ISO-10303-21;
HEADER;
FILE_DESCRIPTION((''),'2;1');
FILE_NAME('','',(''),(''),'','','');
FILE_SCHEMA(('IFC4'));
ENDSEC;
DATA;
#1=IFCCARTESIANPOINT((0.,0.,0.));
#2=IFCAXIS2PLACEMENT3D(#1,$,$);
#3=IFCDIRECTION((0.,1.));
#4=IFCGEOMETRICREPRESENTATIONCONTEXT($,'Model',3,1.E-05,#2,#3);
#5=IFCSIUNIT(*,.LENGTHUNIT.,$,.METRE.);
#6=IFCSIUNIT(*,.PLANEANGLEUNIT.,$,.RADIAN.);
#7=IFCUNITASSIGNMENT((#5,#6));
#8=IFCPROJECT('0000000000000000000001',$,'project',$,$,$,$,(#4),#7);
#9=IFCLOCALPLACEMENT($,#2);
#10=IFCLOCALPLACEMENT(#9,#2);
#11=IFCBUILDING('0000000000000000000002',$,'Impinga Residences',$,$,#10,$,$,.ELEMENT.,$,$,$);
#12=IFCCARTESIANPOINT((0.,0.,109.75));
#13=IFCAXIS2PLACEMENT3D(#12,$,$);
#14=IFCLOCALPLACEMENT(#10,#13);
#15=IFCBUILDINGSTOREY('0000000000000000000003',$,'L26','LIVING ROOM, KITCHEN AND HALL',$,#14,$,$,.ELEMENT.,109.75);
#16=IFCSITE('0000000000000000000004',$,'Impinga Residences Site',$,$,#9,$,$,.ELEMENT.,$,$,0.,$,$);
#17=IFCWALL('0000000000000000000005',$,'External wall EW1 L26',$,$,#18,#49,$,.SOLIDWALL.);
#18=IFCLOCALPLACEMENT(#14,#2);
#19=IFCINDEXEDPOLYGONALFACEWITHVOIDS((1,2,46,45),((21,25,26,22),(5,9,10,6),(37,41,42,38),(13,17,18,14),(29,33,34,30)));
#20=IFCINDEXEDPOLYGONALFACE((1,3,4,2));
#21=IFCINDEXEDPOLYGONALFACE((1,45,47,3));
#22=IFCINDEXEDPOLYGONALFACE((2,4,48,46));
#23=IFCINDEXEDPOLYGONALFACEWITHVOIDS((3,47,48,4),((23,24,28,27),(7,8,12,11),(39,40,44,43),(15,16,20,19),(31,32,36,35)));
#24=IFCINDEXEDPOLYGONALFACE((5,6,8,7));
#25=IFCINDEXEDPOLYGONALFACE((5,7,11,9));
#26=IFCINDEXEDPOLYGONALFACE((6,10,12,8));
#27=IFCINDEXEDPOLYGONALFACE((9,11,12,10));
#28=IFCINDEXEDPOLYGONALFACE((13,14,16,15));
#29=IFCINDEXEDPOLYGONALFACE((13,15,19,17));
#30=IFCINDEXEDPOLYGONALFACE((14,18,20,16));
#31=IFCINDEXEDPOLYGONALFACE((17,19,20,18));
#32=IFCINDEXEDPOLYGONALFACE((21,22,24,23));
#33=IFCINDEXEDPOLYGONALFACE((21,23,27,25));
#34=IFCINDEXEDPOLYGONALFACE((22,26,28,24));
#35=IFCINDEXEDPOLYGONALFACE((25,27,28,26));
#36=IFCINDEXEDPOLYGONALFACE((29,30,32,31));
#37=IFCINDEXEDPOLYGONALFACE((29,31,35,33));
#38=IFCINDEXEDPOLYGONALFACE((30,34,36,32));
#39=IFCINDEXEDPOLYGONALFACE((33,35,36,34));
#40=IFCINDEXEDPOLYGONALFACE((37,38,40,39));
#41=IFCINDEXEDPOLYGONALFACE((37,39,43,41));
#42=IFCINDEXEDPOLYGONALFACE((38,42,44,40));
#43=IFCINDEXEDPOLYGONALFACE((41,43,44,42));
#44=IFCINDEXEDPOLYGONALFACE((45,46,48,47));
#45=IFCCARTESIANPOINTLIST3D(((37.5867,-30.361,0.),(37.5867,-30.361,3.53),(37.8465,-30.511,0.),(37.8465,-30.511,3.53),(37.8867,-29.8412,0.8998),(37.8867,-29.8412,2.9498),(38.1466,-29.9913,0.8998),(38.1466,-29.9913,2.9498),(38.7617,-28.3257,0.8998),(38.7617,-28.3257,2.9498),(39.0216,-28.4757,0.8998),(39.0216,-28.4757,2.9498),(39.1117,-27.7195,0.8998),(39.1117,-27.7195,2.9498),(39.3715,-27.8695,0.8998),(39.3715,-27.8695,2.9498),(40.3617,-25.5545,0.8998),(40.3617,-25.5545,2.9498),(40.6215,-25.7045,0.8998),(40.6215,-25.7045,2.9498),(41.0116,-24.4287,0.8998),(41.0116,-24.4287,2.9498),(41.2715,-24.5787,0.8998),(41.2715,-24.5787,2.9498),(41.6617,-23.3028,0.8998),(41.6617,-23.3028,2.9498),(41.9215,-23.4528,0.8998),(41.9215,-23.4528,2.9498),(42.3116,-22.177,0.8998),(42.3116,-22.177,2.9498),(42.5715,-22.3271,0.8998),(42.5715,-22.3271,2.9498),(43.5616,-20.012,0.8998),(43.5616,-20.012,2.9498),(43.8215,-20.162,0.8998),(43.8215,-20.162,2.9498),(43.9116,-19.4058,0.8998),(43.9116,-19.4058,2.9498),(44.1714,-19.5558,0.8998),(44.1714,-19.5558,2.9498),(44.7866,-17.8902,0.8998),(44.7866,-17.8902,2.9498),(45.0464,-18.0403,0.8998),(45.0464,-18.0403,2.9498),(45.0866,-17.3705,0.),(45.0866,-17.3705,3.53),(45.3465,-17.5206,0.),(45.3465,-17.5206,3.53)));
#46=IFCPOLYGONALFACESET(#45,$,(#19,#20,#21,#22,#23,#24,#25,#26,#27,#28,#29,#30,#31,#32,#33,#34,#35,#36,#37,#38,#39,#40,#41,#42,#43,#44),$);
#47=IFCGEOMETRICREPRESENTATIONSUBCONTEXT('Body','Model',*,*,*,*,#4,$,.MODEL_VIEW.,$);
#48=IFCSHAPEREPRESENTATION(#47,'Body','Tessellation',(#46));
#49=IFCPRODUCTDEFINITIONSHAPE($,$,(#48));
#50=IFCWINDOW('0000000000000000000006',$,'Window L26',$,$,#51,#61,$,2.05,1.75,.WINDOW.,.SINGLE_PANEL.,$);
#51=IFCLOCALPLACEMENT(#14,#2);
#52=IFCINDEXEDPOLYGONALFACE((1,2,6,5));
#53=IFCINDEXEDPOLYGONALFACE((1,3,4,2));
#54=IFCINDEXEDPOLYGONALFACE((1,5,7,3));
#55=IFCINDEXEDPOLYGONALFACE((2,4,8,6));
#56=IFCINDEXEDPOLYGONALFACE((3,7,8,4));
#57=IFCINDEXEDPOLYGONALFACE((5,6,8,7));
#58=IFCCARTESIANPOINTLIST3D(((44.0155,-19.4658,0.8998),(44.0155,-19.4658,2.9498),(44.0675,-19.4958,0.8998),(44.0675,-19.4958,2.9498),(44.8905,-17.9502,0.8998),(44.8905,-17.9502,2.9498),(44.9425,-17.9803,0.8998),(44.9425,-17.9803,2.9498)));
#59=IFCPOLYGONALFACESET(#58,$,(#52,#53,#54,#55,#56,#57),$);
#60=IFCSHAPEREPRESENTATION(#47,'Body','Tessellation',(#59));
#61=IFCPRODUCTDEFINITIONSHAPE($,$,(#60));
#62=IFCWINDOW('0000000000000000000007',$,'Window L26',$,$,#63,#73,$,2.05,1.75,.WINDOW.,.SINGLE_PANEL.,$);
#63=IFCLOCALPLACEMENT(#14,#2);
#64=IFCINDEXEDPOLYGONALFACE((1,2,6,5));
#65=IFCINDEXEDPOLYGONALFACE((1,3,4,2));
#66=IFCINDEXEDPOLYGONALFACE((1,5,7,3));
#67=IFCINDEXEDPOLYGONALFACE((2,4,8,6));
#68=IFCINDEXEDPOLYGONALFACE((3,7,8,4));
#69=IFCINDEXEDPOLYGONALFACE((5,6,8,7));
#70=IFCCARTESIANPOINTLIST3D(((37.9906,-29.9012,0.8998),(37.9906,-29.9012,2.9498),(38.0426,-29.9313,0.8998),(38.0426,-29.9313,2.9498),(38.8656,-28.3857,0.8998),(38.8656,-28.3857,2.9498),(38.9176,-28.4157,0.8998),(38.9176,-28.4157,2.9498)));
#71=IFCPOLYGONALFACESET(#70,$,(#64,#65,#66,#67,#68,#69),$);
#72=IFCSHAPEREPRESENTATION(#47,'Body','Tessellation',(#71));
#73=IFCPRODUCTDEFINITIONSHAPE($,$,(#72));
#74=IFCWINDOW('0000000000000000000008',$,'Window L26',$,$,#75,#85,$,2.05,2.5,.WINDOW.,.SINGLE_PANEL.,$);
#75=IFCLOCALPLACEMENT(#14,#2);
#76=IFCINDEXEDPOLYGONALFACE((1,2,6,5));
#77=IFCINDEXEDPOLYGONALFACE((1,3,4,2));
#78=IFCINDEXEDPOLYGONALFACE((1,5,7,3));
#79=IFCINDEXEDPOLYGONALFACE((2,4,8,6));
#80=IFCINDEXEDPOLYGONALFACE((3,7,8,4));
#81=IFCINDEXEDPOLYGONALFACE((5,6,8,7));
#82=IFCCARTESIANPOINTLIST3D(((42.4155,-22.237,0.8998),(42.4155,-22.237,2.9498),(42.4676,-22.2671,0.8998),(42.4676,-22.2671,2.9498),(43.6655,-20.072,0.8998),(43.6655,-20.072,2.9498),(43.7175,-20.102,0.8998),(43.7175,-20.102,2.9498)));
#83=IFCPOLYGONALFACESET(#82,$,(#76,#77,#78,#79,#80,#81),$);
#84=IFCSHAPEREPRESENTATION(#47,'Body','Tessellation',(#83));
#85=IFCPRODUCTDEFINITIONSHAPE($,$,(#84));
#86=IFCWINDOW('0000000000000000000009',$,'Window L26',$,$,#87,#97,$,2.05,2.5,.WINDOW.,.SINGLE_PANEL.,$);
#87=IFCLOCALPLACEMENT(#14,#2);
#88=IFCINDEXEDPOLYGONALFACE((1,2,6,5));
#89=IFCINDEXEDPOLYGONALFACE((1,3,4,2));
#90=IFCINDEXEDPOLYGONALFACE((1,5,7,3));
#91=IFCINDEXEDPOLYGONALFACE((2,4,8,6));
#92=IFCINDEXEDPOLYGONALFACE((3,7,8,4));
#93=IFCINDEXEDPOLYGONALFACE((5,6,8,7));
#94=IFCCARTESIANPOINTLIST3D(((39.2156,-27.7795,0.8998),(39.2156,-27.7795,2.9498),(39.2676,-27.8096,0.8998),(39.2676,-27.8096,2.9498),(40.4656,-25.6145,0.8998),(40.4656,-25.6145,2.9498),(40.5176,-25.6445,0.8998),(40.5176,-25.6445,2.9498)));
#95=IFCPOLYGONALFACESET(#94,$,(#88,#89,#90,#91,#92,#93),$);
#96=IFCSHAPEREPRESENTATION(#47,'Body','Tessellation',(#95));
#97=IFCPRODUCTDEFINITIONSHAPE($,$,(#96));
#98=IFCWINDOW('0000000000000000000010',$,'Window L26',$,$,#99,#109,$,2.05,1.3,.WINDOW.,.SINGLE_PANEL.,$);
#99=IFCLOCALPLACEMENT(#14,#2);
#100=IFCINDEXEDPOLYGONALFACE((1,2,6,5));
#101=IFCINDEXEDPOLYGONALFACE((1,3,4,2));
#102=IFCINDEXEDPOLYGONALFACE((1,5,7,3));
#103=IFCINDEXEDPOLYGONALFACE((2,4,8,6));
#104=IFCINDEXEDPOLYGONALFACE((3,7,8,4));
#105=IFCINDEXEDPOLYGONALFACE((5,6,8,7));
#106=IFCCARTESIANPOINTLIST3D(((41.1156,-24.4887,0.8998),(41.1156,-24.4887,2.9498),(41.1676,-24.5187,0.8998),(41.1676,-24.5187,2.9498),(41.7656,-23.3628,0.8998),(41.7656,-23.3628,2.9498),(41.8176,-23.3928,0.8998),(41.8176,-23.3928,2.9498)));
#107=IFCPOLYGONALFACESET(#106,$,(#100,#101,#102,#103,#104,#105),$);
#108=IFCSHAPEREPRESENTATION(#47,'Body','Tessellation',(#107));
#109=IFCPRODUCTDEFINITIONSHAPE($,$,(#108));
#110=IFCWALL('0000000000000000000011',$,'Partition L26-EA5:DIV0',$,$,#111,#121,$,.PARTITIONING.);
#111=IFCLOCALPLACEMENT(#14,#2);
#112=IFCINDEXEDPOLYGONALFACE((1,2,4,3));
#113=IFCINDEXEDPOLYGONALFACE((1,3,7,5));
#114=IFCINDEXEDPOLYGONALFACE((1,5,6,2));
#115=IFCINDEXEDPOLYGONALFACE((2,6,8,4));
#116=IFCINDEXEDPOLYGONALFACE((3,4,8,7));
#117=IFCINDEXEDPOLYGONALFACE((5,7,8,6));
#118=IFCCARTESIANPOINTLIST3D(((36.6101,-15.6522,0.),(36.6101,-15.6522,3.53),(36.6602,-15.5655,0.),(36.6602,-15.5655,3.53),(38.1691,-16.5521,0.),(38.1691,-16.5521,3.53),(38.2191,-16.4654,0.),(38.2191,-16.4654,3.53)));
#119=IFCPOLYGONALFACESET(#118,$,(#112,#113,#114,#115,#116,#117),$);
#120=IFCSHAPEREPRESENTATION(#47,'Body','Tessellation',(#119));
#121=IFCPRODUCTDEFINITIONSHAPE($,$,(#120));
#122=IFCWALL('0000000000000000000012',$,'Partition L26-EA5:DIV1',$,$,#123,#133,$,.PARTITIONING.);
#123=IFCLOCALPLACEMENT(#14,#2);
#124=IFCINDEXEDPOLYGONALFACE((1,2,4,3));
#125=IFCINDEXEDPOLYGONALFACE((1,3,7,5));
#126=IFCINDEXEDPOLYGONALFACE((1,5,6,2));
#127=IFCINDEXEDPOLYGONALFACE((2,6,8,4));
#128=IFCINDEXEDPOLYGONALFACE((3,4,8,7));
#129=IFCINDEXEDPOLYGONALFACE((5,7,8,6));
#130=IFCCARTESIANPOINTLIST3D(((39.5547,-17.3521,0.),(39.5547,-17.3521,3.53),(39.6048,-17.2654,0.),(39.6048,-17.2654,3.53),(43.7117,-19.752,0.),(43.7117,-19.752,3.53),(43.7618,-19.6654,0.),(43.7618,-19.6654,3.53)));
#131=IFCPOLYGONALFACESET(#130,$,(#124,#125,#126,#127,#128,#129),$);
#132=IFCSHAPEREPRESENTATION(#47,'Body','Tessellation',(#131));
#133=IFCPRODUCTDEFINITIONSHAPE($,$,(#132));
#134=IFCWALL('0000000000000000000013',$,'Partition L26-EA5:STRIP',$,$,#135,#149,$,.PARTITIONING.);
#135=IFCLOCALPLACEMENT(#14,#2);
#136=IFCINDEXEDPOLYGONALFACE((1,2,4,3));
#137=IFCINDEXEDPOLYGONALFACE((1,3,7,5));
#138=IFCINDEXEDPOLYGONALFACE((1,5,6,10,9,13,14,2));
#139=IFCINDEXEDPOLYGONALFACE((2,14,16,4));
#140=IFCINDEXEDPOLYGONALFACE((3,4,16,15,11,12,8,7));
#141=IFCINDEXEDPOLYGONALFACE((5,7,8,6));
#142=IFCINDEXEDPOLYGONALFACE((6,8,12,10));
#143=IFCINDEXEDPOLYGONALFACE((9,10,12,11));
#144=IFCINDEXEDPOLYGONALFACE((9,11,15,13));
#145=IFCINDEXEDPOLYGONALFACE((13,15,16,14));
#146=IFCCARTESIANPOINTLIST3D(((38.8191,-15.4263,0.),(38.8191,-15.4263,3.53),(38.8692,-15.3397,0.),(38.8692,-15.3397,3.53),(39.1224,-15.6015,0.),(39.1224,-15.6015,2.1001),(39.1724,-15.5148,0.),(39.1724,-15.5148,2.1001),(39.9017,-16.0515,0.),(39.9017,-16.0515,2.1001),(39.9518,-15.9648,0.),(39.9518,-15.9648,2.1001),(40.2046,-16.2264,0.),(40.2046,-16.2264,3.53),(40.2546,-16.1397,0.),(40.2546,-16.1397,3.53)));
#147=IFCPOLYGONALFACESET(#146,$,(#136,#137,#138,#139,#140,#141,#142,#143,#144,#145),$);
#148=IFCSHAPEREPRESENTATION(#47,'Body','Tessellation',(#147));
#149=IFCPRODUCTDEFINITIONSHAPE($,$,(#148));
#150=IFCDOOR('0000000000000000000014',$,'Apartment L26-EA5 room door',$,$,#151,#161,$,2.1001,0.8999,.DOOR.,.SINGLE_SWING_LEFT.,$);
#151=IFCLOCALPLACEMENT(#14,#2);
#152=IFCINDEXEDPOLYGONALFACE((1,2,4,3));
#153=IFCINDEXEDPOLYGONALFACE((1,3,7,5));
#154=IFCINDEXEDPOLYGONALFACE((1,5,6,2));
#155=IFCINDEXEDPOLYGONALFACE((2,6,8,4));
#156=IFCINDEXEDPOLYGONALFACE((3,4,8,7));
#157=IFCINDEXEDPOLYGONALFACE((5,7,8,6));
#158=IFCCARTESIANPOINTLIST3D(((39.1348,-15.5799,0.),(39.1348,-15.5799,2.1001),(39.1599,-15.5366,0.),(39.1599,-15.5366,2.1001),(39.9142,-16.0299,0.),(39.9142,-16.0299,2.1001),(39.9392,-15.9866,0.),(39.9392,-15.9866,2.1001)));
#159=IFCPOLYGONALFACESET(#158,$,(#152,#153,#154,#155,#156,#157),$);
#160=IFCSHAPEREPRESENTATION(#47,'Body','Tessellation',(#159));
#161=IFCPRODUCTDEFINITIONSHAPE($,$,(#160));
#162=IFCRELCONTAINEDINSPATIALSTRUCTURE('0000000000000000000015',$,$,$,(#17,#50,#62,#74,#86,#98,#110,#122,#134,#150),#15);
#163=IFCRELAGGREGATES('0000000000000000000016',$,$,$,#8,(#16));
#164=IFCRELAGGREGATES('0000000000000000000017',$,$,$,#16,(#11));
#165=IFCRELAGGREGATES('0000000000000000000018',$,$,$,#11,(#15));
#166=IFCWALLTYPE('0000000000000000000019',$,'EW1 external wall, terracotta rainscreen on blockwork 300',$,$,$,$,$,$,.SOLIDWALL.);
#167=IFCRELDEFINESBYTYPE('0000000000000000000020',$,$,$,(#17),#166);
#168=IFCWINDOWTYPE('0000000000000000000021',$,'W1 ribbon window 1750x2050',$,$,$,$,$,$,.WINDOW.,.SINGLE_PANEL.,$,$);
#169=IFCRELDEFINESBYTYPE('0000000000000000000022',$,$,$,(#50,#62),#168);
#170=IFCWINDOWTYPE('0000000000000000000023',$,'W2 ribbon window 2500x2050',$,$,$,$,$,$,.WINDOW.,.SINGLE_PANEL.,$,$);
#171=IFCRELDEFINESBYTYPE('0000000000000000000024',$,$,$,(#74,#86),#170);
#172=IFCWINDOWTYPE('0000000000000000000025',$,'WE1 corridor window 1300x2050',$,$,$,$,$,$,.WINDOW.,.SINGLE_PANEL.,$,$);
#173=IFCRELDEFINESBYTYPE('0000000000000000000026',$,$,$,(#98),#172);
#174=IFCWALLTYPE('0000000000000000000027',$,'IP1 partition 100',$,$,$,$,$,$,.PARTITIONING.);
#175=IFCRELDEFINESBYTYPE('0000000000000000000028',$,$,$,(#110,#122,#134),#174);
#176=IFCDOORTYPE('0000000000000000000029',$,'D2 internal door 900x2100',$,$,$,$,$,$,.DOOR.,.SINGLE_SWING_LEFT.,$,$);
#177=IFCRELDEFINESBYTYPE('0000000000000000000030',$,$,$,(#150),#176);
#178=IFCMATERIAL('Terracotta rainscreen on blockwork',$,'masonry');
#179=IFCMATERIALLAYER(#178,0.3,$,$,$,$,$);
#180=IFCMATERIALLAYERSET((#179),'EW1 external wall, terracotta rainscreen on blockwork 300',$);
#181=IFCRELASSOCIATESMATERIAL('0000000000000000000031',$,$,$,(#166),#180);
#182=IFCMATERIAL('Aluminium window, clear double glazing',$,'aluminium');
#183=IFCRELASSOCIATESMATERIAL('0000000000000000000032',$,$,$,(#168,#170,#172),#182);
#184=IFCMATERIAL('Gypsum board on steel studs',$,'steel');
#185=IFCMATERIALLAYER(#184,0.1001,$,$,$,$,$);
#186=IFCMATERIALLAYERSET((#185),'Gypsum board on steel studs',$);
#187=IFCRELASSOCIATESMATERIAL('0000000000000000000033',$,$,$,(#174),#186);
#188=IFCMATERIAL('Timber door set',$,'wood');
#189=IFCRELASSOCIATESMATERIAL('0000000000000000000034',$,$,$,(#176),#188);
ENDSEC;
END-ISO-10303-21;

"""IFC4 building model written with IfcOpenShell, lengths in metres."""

from ifc_helpers import new_model, si_unit, direction, frame, frame_2d, origin, place, context, subcontext, project, spatial, rectangle, extrude, material, layer, layer_set, type_object, element, fill, save


model = new_model("IFC4")

# Units and contexts
model_context = context("Model", 3, precision=1e-05, world=origin(), true_north=direction((0.0, 1.0)))
body_context = subcontext(model_context, "Body", "Model", "MODEL_VIEW")
ifc_project = project(units=[si_unit("LENGTHUNIT", "METRE"), si_unit("PLANEANGLEUNIT", "RADIAN")], contexts=[model_context])

# Site, building, storey
site_placement = place(None, origin())
site = spatial("IfcSite", under=ifc_project, at=site_placement, Name="Impinga Residences Site", CompositionType="ELEMENT", RefElevation=0.0)
building_placement = place(site_placement, origin())
building = spatial("IfcBuilding", under=site, at=building_placement, Name="Impinga Residences", CompositionType="ELEMENT")
storey_placement = place(building_placement, frame((0.0, 0.0, 109.75)))
storey = spatial("IfcBuildingStorey", under=building, at=storey_placement, Name="L26", Description="LIVING ROOM, KITCHEN AND HALL", CompositionType="ELEMENT", Elevation=109.75)

# Shared definitions
ifc_material_1 = material(Name="Terracotta rainscreen on blockwork", Category="masonry")
ifc_layer_1 = layer(ifc_material_1, 0.3)
ifc_layer_set_1 = layer_set([ifc_layer_1], Name="EW1 external wall, terracotta rainscreen on blockwork 300")
wall_type_1 = type_object("IfcWallType", Name="EW1 external wall, terracotta rainscreen on blockwork 300", PredefinedType="SOLIDWALL", material=ifc_layer_set_1)

# Wall, openings, windows
wall_1_placement = place(storey_placement, frame((45.2166, -17.4456, 0.0), z_axis=(0.0, 0.0, 1.0), x_axis=(-0.499997, -0.866027, 0.0)))
wall_1 = element("IfcWall", 1, at=wall_1_placement, inside=storey, type_object=wall_type_1, Name="External wall EW1 L26", PredefinedType="SOLIDWALL", context=body_context, shape_type="SweptSolid", body=[
    extrude(rectangle(XDim=15.0, YDim=0.3, at=frame_2d((7.5, 0.0))), origin(), (0.0, 0.0, 1.0), 3.53),
])
opening_1_placement = place(wall_1_placement, frame((0.6001, 0.0, 0.8999)))
opening_1 = element("IfcOpeningElement", 2, at=opening_1_placement, cuts=wall_1, PredefinedType="OPENING", context=body_context, shape_type="SweptSolid", body=[
    extrude(rectangle(XDim=1.75, YDim=2.05, at=frame_2d((0.875, 1.0249))), frame((0.0, 0.1599, 0.0), z_axis=(0.0, -1.0, 0.0), x_axis=(1.0, 0.0, 0.0)), (0.0, 0.0, 1.0), 0.3201),
])
opening_2_placement = place(wall_1_placement, frame((3.05, 0.0, 0.8999)))
opening_2 = element("IfcOpeningElement", 3, at=opening_2_placement, cuts=wall_1, PredefinedType="OPENING", context=body_context, shape_type="SweptSolid", body=[
    extrude(rectangle(XDim=2.5, YDim=2.05, at=frame_2d((1.25, 1.0249))), frame((0.0, 0.1599, 0.0), z_axis=(0.0, -1.0, 0.0), x_axis=(1.0, 0.0, 0.0)), (0.0, 0.0, 1.0), 0.3201),
])
opening_3_placement = place(wall_1_placement, frame((6.8501, 0.0, 0.8999)))
opening_3 = element("IfcOpeningElement", 4, at=opening_3_placement, cuts=wall_1, PredefinedType="OPENING", context=body_context, shape_type="SweptSolid", body=[
    extrude(rectangle(XDim=1.3, YDim=2.05, at=frame_2d((0.6499, 1.0249))), frame((0.0, 0.1599, 0.0), z_axis=(0.0, -1.0, 0.0), x_axis=(1.0, 0.0, 0.0)), (0.0, 0.0, 1.0), 0.3201),
])
opening_4_placement = place(wall_1_placement, frame((9.45, 0.0, 0.8999)))
opening_4 = element("IfcOpeningElement", 5, at=opening_4_placement, cuts=wall_1, PredefinedType="OPENING", context=body_context, shape_type="SweptSolid", body=[
    extrude(rectangle(XDim=2.5, YDim=2.05, at=frame_2d((1.25, 1.0249))), frame((0.0, 0.1599, 0.0), z_axis=(0.0, -1.0, 0.0), x_axis=(1.0, 0.0, 0.0)), (0.0, 0.0, 1.0), 0.3201),
])
opening_5_placement = place(wall_1_placement, frame((12.6499, 0.0, 0.8999)))
opening_5 = element("IfcOpeningElement", 6, at=opening_5_placement, cuts=wall_1, PredefinedType="OPENING", context=body_context, shape_type="SweptSolid", body=[
    extrude(rectangle(XDim=1.75, YDim=2.05, at=frame_2d((0.875, 1.0249))), frame((0.0, 0.1599, 0.0), z_axis=(0.0, -1.0, 0.0), x_axis=(1.0, 0.0, 0.0)), (0.0, 0.0, 1.0), 0.3201),
])
ifc_material_2 = material(Name="Aluminium window, clear double glazing", Category="aluminium")
window_type_1 = type_object("IfcWindowType", Name="W1 ribbon window 1750x2050", PartitioningType="SINGLE_PANEL", PredefinedType="WINDOW", material=ifc_material_2)
window_1_placement = place(opening_1_placement, origin())
window_1 = element("IfcWindow", 7, at=window_1_placement, inside=storey, type_object=window_type_1, Name="Window L26", OverallHeight=2.05, OverallWidth=1.75, PartitioningType="SINGLE_PANEL", PredefinedType="WINDOW", context=body_context, shape_type="SweptSolid", body=[
    extrude(rectangle(XDim=1.75, YDim=2.05, at=frame_2d((0.875, 1.0249))), frame((0.0, 0.03, 0.0), z_axis=(0.0, -1.0, 0.0), x_axis=(1.0, 0.0, 0.0)), (0.0, 0.0, 1.0), 0.0601),
])
fill(opening_1, window_1)
window_2_placement = place(opening_5_placement, origin())
window_2 = element("IfcWindow", 8, at=window_2_placement, inside=storey, type_object=window_type_1, Name="Window L26", OverallHeight=2.05, OverallWidth=1.75, PartitioningType="SINGLE_PANEL", PredefinedType="WINDOW", context=body_context, shape_type="SweptSolid", body=[
    extrude(rectangle(XDim=1.75, YDim=2.05, at=frame_2d((0.875, 1.0249))), frame((0.0, 0.03, 0.0), z_axis=(0.0, -1.0, 0.0), x_axis=(1.0, 0.0, 0.0)), (0.0, 0.0, 1.0), 0.0601),
])
fill(opening_5, window_2)
window_type_2 = type_object("IfcWindowType", Name="W2 ribbon window 2500x2050", PartitioningType="SINGLE_PANEL", PredefinedType="WINDOW", material=ifc_material_2)
window_3_placement = place(opening_2_placement, origin())
window_3 = element("IfcWindow", 9, at=window_3_placement, inside=storey, type_object=window_type_2, Name="Window L26", OverallHeight=2.05, OverallWidth=2.5, PartitioningType="SINGLE_PANEL", PredefinedType="WINDOW", context=body_context, shape_type="SweptSolid", body=[
    extrude(rectangle(XDim=2.5, YDim=2.05, at=frame_2d((1.25, 1.0249))), frame((0.0, 0.03, 0.0), z_axis=(0.0, -1.0, 0.0), x_axis=(1.0, 0.0, 0.0)), (0.0, 0.0, 1.0), 0.0601),
])
fill(opening_2, window_3)
window_4_placement = place(opening_4_placement, origin())
window_4 = element("IfcWindow", 10, at=window_4_placement, inside=storey, type_object=window_type_2, Name="Window L26", OverallHeight=2.05, OverallWidth=2.5, PartitioningType="SINGLE_PANEL", PredefinedType="WINDOW", context=body_context, shape_type="SweptSolid", body=[
    extrude(rectangle(XDim=2.5, YDim=2.05, at=frame_2d((1.25, 1.0249))), frame((0.0, 0.03, 0.0), z_axis=(0.0, -1.0, 0.0), x_axis=(1.0, 0.0, 0.0)), (0.0, 0.0, 1.0), 0.0601),
])
fill(opening_4, window_4)
window_type_3 = type_object("IfcWindowType", Name="WE1 corridor window 1300x2050", PartitioningType="SINGLE_PANEL", PredefinedType="WINDOW", material=ifc_material_2)
window_5_placement = place(opening_3_placement, origin())
window_5 = element("IfcWindow", 11, at=window_5_placement, inside=storey, type_object=window_type_3, Name="Window L26", OverallHeight=2.05, OverallWidth=1.3, PartitioningType="SINGLE_PANEL", PredefinedType="WINDOW", context=body_context, shape_type="SweptSolid", body=[
    extrude(rectangle(XDim=1.3, YDim=2.05, at=frame_2d((0.6499, 1.0249))), frame((0.0, 0.03, 0.0), z_axis=(0.0, -1.0, 0.0), x_axis=(1.0, 0.0, 0.0)), (0.0, 0.0, 1.0), 0.0601),
])
fill(opening_3, window_5)

# Walls
ifc_material_3 = material(Name="Gypsum board on steel studs", Category="steel")
ifc_layer_2 = layer(ifc_material_3, 0.1001)
ifc_layer_set_2 = layer_set([ifc_layer_2], Name="Gypsum board on steel studs")
wall_type_2 = type_object("IfcWallType", Name="IP1 partition 100", PredefinedType="PARTITIONING", material=ifc_layer_set_2)
wall_2_placement = place(storey_placement, frame((36.6353, -15.6089, 0.0), z_axis=(0.0, 0.0, 1.0), x_axis=(0.866048, -0.499961, 0.0)))
element("IfcWall", 12, at=wall_2_placement, inside=storey, type_object=wall_type_2, Name="Partition L26-EA5:DIV0", PredefinedType="PARTITIONING", context=body_context, shape_type="SweptSolid", body=[
    extrude(rectangle(XDim=1.8, YDim=0.1001, at=frame_2d((0.8999, 0.0))), origin(), (0.0, 0.0, 1.0), 3.53),
])
wall_3_placement = place(storey_placement, frame((39.5798, -17.3088, 0.0), z_axis=(0.0, 0.0, 1.0), x_axis=(0.866037, -0.499979, 0.0)))
element("IfcWall", 13, at=wall_3_placement, inside=storey, type_object=wall_type_2, Name="Partition L26-EA5:DIV1", PredefinedType="PARTITIONING", context=body_context, shape_type="SweptSolid", body=[
    extrude(rectangle(XDim=4.8, YDim=0.1001, at=frame_2d((2.3999, 0.0))), origin(), (0.0, 0.0, 1.0), 3.53),
])

# Wall, opening, door
wall_4_placement = place(storey_placement, frame((38.8442, -15.3831, 0.0), z_axis=(0.0, 0.0, 1.0), x_axis=(0.86599, -0.500061, 0.0)))
wall_4 = element("IfcWall", 14, at=wall_4_placement, inside=storey, type_object=wall_type_2, Name="Partition L26-EA5:STRIP", PredefinedType="PARTITIONING", context=body_context, shape_type="SweptSolid", body=[
    extrude(rectangle(XDim=1.5999, YDim=0.1001, at=frame_2d((0.7998, 0.0))), origin(), (0.0, 0.0, 1.0), 3.53),
])
opening_6_placement = place(wall_4_placement, frame((0.3501, 0.0, 0.0)))
opening_6 = element("IfcOpeningElement", 15, at=opening_6_placement, cuts=wall_4, PredefinedType="OPENING", context=body_context, shape_type="SweptSolid", body=[
    extrude(rectangle(XDim=0.8999, YDim=2.1001, at=frame_2d((0.45, 1.05))), frame((0.0, 0.0601, 0.0), z_axis=(0.0, -1.0, 0.0), x_axis=(1.0, 0.0, 0.0)), (0.0, 0.0, 1.0), 0.1201),
])
ifc_material_4 = material(Name="Timber door set", Category="wood")
door_type = type_object("IfcDoorType", Name="D2 internal door 900x2100", OperationType="SINGLE_SWING_LEFT", PredefinedType="DOOR", material=ifc_material_4)
door_placement = place(opening_6_placement, origin())
door = element("IfcDoor", 16, at=door_placement, inside=storey, type_object=door_type, Name="Apartment L26-EA5 room door", OperationType="SINGLE_SWING_LEFT", OverallHeight=2.1001, OverallWidth=0.8999, PredefinedType="DOOR", context=body_context, shape_type="SweptSolid", body=[
    extrude(rectangle(XDim=0.8999, YDim=2.1001, at=frame_2d((0.45, 1.05))), frame((0.0, 0.0249, 0.0), z_axis=(0.0, -1.0, 0.0), x_axis=(1.0, 0.0, 0.0)), (0.0, 0.0, 1.0), 0.05),
])
fill(opening_6, door)

save(model, "model.ifc")
